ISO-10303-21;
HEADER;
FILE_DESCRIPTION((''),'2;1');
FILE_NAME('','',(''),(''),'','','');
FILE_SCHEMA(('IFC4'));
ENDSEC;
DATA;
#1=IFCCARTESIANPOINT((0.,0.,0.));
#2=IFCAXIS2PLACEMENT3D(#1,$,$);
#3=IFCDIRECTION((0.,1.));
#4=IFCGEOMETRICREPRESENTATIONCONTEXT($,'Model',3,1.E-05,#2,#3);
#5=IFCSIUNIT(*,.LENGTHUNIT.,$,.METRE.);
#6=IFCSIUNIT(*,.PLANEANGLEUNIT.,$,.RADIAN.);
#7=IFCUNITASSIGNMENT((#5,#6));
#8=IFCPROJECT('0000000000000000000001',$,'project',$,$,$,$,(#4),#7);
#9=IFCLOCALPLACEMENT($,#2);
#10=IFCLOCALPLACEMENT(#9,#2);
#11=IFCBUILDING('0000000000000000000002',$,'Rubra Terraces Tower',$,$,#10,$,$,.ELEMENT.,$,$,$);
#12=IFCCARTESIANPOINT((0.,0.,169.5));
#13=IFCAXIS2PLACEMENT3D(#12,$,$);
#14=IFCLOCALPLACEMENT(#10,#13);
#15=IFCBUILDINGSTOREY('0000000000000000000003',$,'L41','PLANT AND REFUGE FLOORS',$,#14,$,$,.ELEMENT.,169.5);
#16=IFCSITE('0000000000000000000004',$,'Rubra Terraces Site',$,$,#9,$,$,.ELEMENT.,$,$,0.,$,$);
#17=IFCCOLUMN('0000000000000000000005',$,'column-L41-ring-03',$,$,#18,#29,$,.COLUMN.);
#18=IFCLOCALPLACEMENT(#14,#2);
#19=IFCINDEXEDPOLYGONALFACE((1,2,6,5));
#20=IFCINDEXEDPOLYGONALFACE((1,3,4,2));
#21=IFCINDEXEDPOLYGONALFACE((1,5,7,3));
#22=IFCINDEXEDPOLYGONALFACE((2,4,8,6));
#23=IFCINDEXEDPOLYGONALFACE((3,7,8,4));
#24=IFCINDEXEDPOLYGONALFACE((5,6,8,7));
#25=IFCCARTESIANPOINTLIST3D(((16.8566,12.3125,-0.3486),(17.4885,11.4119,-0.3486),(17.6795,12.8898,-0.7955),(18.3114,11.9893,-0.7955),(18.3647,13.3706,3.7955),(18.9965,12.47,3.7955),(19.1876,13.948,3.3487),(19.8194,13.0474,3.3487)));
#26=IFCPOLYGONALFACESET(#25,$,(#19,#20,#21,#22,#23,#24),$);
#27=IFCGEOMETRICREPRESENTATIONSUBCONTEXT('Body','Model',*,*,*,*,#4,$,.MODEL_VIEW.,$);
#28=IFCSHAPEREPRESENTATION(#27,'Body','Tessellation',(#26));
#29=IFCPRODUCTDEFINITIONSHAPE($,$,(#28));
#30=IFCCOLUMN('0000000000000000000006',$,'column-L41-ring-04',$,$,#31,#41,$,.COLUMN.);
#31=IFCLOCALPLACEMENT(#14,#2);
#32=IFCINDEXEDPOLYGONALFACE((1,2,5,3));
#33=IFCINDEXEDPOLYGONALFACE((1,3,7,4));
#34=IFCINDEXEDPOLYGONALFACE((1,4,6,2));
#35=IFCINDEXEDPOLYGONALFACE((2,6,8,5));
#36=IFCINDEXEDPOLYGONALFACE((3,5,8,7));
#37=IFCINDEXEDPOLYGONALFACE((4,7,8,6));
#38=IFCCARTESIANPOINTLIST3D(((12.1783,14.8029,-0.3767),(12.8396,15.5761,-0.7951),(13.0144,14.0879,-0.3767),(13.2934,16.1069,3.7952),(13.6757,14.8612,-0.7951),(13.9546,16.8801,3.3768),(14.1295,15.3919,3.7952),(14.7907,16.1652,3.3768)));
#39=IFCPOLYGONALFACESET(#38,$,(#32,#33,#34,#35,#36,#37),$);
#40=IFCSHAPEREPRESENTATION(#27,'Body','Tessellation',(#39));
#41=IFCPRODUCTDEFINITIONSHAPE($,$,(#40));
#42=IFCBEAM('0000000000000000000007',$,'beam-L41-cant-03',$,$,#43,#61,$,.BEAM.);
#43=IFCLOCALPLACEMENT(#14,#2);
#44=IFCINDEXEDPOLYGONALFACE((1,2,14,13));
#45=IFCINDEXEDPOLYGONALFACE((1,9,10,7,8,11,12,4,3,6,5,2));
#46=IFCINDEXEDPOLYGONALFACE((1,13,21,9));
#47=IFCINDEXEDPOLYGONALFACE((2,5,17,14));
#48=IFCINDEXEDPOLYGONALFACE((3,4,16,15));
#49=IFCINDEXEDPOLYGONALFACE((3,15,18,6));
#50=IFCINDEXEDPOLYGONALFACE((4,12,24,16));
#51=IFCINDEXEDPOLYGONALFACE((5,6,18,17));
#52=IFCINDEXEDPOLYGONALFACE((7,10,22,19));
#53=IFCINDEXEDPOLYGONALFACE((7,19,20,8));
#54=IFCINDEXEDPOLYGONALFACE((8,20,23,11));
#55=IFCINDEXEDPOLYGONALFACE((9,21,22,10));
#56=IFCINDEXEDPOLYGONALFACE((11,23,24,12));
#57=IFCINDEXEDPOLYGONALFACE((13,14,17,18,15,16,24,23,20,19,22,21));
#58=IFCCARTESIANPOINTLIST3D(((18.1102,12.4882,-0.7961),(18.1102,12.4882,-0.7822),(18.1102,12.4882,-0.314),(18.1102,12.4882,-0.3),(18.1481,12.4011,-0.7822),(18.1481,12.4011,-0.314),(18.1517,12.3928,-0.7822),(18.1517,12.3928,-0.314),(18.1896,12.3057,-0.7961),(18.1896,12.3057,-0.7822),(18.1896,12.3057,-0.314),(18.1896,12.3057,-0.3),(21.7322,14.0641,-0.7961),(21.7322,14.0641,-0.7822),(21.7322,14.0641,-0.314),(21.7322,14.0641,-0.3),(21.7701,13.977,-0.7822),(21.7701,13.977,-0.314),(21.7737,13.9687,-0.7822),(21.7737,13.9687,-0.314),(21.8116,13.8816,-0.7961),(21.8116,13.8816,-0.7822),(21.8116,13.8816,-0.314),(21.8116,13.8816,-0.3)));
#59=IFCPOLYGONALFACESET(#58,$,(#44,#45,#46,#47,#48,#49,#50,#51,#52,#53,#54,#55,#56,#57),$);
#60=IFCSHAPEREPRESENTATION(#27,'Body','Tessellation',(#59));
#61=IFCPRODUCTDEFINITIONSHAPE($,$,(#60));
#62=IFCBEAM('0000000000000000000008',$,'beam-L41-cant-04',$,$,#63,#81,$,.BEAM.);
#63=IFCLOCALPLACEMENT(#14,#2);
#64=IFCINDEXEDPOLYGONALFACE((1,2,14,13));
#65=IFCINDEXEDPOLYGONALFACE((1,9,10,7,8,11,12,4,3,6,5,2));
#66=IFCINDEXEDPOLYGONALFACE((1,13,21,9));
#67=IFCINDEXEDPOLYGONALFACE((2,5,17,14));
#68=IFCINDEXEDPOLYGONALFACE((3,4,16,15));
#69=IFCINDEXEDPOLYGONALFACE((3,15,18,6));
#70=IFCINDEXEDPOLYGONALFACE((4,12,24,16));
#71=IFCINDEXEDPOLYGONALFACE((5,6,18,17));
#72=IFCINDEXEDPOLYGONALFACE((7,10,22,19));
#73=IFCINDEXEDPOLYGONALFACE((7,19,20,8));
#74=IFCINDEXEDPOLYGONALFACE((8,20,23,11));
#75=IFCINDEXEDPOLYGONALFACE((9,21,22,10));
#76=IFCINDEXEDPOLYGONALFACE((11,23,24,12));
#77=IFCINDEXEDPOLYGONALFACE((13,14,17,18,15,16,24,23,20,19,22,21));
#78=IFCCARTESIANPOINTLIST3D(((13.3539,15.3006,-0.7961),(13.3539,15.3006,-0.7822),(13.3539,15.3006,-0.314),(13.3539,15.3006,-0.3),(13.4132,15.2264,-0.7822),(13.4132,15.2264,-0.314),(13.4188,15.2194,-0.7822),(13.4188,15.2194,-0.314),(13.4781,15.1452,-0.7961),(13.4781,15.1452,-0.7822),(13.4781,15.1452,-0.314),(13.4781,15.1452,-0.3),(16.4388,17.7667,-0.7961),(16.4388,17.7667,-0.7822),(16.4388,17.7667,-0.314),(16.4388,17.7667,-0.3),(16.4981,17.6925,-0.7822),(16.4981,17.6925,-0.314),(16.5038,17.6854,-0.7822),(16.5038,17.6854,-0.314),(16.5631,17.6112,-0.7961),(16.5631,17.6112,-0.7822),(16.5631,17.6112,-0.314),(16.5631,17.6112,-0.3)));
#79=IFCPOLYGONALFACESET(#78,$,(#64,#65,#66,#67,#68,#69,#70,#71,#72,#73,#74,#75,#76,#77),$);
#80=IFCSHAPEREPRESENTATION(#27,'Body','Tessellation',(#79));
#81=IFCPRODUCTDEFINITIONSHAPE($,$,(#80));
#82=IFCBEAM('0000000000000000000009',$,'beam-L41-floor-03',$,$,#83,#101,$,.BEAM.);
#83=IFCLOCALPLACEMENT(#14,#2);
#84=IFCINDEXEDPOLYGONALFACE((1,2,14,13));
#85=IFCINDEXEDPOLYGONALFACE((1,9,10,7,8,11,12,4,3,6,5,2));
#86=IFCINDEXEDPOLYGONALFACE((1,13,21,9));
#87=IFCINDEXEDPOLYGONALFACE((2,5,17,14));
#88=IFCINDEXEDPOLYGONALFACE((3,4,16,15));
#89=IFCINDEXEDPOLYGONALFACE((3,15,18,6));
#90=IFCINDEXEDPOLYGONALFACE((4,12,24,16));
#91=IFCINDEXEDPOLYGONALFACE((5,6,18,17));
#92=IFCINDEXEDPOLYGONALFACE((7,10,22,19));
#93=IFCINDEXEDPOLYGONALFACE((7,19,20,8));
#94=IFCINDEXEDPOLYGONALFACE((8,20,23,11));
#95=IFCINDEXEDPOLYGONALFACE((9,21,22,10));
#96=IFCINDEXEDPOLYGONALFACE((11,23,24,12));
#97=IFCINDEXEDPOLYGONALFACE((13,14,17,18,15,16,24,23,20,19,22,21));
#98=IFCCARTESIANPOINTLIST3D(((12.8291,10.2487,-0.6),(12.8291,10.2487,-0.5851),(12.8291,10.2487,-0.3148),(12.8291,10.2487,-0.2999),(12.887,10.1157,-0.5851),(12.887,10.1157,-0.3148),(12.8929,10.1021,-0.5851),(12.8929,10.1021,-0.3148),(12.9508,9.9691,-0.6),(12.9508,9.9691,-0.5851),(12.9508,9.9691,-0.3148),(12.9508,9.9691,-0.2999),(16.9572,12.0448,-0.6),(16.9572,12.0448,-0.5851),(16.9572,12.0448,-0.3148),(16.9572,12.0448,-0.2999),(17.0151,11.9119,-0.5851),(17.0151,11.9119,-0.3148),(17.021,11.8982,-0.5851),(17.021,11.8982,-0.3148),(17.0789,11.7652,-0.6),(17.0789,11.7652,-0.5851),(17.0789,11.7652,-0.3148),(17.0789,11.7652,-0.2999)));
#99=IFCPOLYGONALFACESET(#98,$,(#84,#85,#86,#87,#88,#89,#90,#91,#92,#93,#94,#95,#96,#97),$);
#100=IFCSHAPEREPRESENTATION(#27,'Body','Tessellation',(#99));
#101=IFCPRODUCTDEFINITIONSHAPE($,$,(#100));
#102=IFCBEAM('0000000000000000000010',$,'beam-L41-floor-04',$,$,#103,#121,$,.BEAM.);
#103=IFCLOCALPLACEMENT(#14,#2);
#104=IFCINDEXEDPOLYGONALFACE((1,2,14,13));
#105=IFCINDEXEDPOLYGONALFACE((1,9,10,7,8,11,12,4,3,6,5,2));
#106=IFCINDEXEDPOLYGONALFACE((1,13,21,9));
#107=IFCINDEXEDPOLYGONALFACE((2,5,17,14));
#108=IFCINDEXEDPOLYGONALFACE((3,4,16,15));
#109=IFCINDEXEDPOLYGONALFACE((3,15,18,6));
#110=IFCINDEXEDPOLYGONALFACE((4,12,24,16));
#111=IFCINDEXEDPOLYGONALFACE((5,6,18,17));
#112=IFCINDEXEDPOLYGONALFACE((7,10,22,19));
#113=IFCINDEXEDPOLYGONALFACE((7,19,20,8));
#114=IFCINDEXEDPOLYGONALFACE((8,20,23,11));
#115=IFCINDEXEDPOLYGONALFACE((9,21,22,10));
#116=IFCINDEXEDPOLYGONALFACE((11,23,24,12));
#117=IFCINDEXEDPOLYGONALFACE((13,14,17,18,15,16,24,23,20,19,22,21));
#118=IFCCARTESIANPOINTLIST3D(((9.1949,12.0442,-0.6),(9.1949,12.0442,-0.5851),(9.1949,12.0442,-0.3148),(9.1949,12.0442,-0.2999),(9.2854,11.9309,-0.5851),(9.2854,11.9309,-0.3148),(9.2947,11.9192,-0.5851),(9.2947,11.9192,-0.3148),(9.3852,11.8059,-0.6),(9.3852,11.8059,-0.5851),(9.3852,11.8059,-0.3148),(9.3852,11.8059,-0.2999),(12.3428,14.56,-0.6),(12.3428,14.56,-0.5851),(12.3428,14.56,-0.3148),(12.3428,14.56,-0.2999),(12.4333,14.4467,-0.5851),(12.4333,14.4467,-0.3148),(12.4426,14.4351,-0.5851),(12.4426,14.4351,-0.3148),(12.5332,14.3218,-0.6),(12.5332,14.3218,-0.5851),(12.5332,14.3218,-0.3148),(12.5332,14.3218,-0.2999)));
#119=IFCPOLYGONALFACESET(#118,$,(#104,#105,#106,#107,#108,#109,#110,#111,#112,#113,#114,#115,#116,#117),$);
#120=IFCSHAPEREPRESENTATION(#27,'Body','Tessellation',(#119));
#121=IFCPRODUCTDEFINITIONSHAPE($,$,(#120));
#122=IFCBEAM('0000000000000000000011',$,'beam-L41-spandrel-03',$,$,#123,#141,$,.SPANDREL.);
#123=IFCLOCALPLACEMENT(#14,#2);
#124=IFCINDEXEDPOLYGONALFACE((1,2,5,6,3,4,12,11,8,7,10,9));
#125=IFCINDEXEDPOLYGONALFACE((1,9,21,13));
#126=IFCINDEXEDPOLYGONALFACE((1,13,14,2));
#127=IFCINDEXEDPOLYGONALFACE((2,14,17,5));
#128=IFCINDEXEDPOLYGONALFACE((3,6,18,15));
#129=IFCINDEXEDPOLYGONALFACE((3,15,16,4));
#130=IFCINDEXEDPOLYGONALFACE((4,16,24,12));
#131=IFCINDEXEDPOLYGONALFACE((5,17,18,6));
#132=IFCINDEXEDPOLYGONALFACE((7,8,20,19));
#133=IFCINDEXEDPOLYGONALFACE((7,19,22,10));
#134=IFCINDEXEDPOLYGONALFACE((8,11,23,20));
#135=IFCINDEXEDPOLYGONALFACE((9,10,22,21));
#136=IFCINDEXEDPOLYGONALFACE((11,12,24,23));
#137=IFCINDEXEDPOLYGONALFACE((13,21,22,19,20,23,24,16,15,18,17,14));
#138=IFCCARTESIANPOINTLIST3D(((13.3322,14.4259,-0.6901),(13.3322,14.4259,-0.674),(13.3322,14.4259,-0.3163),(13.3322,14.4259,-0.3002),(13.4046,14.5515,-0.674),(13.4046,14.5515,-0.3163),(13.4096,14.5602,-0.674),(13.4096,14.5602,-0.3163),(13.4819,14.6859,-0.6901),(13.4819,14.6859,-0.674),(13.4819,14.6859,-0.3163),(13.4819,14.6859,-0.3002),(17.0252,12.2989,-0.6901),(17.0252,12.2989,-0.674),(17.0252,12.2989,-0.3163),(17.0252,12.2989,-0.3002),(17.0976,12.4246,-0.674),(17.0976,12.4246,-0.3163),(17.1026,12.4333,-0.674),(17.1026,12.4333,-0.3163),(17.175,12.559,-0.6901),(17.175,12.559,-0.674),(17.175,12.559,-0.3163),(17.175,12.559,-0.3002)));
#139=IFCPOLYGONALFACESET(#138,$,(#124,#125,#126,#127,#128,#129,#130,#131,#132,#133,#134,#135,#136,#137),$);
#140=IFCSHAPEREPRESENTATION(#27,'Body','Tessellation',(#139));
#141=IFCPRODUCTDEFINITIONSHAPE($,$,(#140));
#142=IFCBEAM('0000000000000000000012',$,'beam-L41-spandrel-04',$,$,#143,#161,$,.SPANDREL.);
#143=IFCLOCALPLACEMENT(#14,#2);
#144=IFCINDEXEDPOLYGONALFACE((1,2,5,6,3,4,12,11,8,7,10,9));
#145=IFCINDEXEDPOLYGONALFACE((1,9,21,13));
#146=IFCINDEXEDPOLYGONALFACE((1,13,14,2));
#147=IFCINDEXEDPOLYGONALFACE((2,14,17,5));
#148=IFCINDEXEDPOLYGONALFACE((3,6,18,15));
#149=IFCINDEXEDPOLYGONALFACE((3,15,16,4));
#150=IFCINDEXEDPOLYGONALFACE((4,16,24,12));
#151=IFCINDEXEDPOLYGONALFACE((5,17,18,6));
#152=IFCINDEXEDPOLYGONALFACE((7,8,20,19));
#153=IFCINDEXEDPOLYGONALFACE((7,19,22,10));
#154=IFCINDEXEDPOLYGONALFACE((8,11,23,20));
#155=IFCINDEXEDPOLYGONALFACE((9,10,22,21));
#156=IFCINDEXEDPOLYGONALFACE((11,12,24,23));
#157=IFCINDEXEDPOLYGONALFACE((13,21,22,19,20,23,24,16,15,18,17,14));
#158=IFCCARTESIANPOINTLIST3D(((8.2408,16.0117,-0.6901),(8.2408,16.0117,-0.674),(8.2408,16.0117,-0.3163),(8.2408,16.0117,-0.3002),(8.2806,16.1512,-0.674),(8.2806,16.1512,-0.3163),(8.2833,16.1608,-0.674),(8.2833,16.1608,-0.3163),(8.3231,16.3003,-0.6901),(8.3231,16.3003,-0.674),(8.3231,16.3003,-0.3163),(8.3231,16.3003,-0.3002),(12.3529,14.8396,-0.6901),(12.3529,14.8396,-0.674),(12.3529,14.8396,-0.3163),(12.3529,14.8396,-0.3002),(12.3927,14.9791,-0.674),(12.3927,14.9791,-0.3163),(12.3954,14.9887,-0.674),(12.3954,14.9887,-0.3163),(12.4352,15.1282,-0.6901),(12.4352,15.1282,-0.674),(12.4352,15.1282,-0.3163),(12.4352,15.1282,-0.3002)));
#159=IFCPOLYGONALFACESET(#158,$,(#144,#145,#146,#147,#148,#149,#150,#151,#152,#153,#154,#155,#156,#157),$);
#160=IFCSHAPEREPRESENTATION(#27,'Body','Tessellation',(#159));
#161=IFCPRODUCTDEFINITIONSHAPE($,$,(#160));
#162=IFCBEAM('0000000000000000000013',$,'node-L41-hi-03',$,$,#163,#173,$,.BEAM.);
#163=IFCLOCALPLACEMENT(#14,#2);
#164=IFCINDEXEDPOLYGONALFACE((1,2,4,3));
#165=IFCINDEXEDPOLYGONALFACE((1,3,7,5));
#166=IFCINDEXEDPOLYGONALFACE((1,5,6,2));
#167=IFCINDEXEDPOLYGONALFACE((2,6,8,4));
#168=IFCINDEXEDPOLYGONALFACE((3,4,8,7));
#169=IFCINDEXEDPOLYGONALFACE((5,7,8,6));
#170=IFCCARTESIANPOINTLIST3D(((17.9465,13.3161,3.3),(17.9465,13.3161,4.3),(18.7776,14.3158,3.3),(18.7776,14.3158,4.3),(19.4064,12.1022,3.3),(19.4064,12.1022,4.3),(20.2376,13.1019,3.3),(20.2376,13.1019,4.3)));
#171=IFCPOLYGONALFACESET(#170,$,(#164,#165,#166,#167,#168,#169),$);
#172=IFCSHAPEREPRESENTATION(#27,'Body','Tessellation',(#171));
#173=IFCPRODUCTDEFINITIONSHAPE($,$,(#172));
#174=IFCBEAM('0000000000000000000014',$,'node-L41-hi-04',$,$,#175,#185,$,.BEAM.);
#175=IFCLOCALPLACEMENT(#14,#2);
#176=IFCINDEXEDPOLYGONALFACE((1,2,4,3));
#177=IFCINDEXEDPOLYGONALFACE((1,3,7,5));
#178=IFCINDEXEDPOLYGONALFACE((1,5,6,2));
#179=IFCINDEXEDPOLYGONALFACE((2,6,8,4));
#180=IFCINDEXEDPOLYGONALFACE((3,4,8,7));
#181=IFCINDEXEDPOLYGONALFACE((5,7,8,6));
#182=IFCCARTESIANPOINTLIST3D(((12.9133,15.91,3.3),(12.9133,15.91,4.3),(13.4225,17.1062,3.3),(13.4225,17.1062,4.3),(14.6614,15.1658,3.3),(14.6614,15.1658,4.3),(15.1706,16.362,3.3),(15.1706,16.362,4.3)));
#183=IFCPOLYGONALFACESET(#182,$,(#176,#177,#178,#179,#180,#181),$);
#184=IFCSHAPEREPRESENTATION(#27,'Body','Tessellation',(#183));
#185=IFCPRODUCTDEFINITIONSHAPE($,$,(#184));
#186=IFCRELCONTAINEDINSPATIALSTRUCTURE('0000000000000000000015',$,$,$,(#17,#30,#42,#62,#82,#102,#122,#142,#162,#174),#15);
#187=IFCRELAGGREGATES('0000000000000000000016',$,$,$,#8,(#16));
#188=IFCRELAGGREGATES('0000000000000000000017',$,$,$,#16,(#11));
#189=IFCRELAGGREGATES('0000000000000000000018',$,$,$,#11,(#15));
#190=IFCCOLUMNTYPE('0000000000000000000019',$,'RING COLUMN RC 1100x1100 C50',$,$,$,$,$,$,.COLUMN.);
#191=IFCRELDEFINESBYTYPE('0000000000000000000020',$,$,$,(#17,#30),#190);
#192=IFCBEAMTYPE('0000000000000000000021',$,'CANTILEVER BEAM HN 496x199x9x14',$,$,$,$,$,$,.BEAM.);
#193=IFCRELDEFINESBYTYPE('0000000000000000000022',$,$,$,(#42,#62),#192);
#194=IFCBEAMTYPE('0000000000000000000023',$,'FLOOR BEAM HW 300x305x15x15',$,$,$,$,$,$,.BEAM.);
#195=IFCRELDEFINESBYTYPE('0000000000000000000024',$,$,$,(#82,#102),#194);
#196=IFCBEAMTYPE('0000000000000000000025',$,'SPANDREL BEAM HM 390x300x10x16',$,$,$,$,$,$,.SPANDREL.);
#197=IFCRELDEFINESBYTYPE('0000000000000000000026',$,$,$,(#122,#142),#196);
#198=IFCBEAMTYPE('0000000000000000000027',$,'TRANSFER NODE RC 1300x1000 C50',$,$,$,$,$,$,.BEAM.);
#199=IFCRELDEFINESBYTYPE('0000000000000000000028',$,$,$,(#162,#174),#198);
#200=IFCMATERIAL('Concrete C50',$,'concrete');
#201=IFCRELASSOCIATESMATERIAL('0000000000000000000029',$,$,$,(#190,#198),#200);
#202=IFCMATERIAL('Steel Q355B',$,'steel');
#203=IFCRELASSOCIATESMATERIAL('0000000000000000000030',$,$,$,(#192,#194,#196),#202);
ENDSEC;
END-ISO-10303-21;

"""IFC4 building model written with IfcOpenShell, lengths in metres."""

from ifc_helpers import new_model, si_unit, direction, frame, origin, origin_2d, place, context, subcontext, project, spatial, rectangle, i_section, extrude, material, material_profile, profile_set, type_object, element, save


model = new_model("IFC4")

# Units and contexts
model_context = context("Model", 3, precision=1e-05, world=origin(), true_north=direction((0.0, 1.0)))
body_context = subcontext(model_context, "Body", "Model", "MODEL_VIEW")
ifc_project = project(units=[si_unit("LENGTHUNIT", "METRE"), si_unit("PLANEANGLEUNIT", "RADIAN")], contexts=[model_context])

# Site, building, storey
site_placement = place(None, origin())
site = spatial("IfcSite", under=ifc_project, at=site_placement, Name="Rubra Terraces Site", CompositionType="ELEMENT", RefElevation=0.0)
building_placement = place(site_placement, origin())
building = spatial("IfcBuilding", under=site, at=building_placement, Name="Rubra Terraces Tower", CompositionType="ELEMENT")
storey_placement = place(building_placement, frame((0.0, 0.0, 169.5)))
storey = spatial("IfcBuildingStorey", under=building, at=storey_placement, Name="L41", Description="PLANT AND REFUGE FLOORS", CompositionType="ELEMENT", Elevation=169.5)

# Columns
ifc_material_1 = material(Name="Concrete C50", Category="concrete")
ifc_material_profile_1 = material_profile(ifc_material_1, rectangle(XDim=1.1001, YDim=1.1001, at=origin_2d()), Name="RC 1100x1100")
ifc_profile_set_1 = profile_set([ifc_material_profile_1], Name="Concrete C50")
column_type = type_object("IfcColumnType", Name="RING COLUMN RC 1100x1100 C50", PredefinedType="COLUMN", material=ifc_profile_set_1)
column_1_placement = place(storey_placement, frame((17.584, 12.1509, -0.572), z_axis=(0.332532, 0.233316, 0.913776), x_axis=(-0.57436, 0.818603, 0.0)))
element("IfcColumn", 1, at=column_1_placement, inside=storey, type_object=column_type, Name="column-L41-ring-03", PredefinedType="COLUMN", context=body_context, shape_type="SweptSolid", body=[
    extrude(rectangle(XDim=1.1001, YDim=1.1001, at=origin_2d()), origin(), (0.0, 0.0, 1.0), 4.5352),
])
column_2_placement = place(storey_placement, frame((12.927, 14.832, -0.5859), z_axis=(0.247178, 0.289069, 0.924847), x_axis=(-0.76003, 0.649889, 0.0)))
element("IfcColumn", 2, at=column_2_placement, inside=storey, type_object=column_type, Name="column-L41-ring-04", PredefinedType="COLUMN", context=body_context, shape_type="SweptSolid", body=[
    extrude(rectangle(XDim=1.1001, YDim=1.1001, at=origin_2d()), origin(), (0.0, 0.0, 1.0), 4.511),
])

# Beams
ifc_material_2 = material(Name="Steel Q355B", Category="steel")
ifc_material_profile_2 = material_profile(ifc_material_2, i_section(OverallWidth=0.199, OverallDepth=0.4961, WebThickness=0.009, FlangeThickness=0.0139, at=origin_2d()), Name="HN 496x199x9x14")
ifc_profile_set_2 = profile_set([ifc_material_profile_2], Name="Steel Q355B")
beam_type_1 = type_object("IfcBeamType", Name="CANTILEVER BEAM HN 496x199x9x14", PredefinedType="BEAM", material=ifc_profile_set_2)
beam_1_placement = place(storey_placement, frame((18.1499, 12.397, -0.5481), z_axis=(0.916967, 0.398963, 0.0), x_axis=(-0.398963, 0.916967, 0.0)))
element("IfcBeam", 3, at=beam_1_placement, inside=storey, type_object=beam_type_1, Name="beam-L41-cant-03", PredefinedType="BEAM", context=body_context, shape_type="SweptSolid", body=[
    extrude(i_section(OverallWidth=0.199, OverallDepth=0.4961, WebThickness=0.009, FlangeThickness=0.0139, at=origin_2d()), origin(), (0.0, 0.0, 1.0), 3.95),
])
beam_2_placement = place(storey_placement, frame((13.416, 15.2229, -0.5481), z_axis=(0.781104, 0.624401, 0.0), x_axis=(-0.624401, 0.781104, 0.0)))
element("IfcBeam", 4, at=beam_2_placement, inside=storey, type_object=beam_type_1, Name="beam-L41-cant-04", PredefinedType="BEAM", context=body_context, shape_type="SweptSolid", body=[
    extrude(i_section(OverallWidth=0.199, OverallDepth=0.4961, WebThickness=0.009, FlangeThickness=0.0139, at=origin_2d()), origin(), (0.0, 0.0, 1.0), 3.9495),
])
ifc_material_profile_3 = material_profile(ifc_material_2, i_section(OverallWidth=0.3049, OverallDepth=0.3, WebThickness=0.0149, FlangeThickness=0.0149, at=origin_2d()), Name="HW 300x305x15x15")
ifc_profile_set_3 = profile_set([ifc_material_profile_3], Name="Steel Q355B")
beam_type_2 = type_object("IfcBeamType", Name="FLOOR BEAM HW 300x305x15x15", PredefinedType="BEAM", material=ifc_profile_set_3)
beam_3_placement = place(storey_placement, frame((17.0181, 11.905, -0.45), z_axis=(-0.916966, -0.398966, 0.0), x_axis=(0.398966, -0.916966, 0.0)))
element("IfcBeam", 5, at=beam_3_placement, inside=storey, type_object=beam_type_2, Name="beam-L41-floor-03", PredefinedType="BEAM", context=body_context, shape_type="SweptSolid", body=[
    extrude(i_section(OverallWidth=0.3049, OverallDepth=0.3, WebThickness=0.0149, FlangeThickness=0.0149, at=origin_2d()), origin(), (0.0, 0.0, 1.0), 4.502),
])
beam_4_placement = place(storey_placement, frame((12.438, 14.4409, -0.45), z_axis=(-0.78117, -0.624318, 0.0), x_axis=(0.624318, -0.78117, 0.0)))
element("IfcBeam", 6, at=beam_4_placement, inside=storey, type_object=beam_type_2, Name="beam-L41-floor-04", PredefinedType="BEAM", context=body_context, shape_type="SweptSolid", body=[
    extrude(i_section(OverallWidth=0.3049, OverallDepth=0.3, WebThickness=0.0149, FlangeThickness=0.0149, at=origin_2d()), origin(), (0.0, 0.0, 1.0), 4.0298),
])
ifc_material_profile_4 = material_profile(ifc_material_2, i_section(OverallWidth=0.3, OverallDepth=0.3899, WebThickness=0.01, FlangeThickness=0.0161, at=origin_2d()), Name="HM 390x300x10x16")
ifc_profile_set_4 = profile_set([ifc_material_profile_4], Name="Steel Q355B")
beam_type_3 = type_object("IfcBeamType", Name="SPANDREL BEAM HM 390x300x10x16", PredefinedType="SPANDREL", material=ifc_profile_set_4)
beam_5_placement = place(storey_placement, frame((17.1001, 12.429, -0.4951), z_axis=(-0.86656, 0.499073, 0.0), x_axis=(-0.499073, -0.86656, 0.0)))
element("IfcBeam", 7, at=beam_5_placement, inside=storey, type_object=beam_type_3, Name="beam-L41-spandrel-03", PredefinedType="SPANDREL", context=body_context, shape_type="SweptSolid", body=[
    extrude(i_section(OverallWidth=0.3, OverallDepth=0.3899, WebThickness=0.01, FlangeThickness=0.0161, at=origin_2d()), origin(), (0.0, 0.0, 1.0), 4.2617),
])
beam_6_placement = place(storey_placement, frame((12.394, 14.9839, -0.4951), z_axis=(-0.961694, 0.274125, 0.0), x_axis=(-0.274125, -0.961694, 0.0)))
element("IfcBeam", 8, at=beam_6_placement, inside=storey, type_object=beam_type_3, Name="beam-L41-spandrel-04", PredefinedType="SPANDREL", context=body_context, shape_type="SweptSolid", body=[
    extrude(i_section(OverallWidth=0.3, OverallDepth=0.3899, WebThickness=0.01, FlangeThickness=0.0161, at=origin_2d()), origin(), (0.0, 0.0, 1.0), 4.2759),
])
ifc_material_profile_5 = material_profile(ifc_material_1, rectangle(XDim=1.3, YDim=1.0, at=origin_2d()), Name="RC 1300x1000")
ifc_profile_set_5 = profile_set([ifc_material_profile_5], Name="Concrete C50")
beam_type_4 = type_object("IfcBeamType", Name="TRANSFER NODE RC 1300x1000 C50", PredefinedType="BEAM", material=ifc_profile_set_5)
beam_7_placement = place(storey_placement, frame((19.822, 12.6021, 3.8), z_axis=(-0.768938, 0.639324, 0.0), x_axis=(-0.639324, -0.768938, 0.0)))
element("IfcBeam", 9, at=beam_7_placement, inside=storey, type_object=beam_type_4, Name="node-L41-hi-03", PredefinedType="BEAM", context=body_context, shape_type="SweptSolid", body=[
    extrude(rectangle(XDim=1.3, YDim=1.0, at=origin_2d()), origin(), (0.0, 0.0, 1.0), 1.8987),
])
beam_8_placement = place(storey_placement, frame((14.916, 15.7639, 3.8), z_axis=(-0.920099, 0.391685, 0.0), x_axis=(-0.391685, -0.920099, 0.0)))
element("IfcBeam", 10, at=beam_8_placement, inside=storey, type_object=beam_type_4, Name="node-L41-hi-04", PredefinedType="BEAM", context=body_context, shape_type="SweptSolid", body=[
    extrude(rectangle(XDim=1.3, YDim=1.0, at=origin_2d()), origin(), (0.0, 0.0, 1.0), 1.8999),
])

save(model, "model.ifc")
